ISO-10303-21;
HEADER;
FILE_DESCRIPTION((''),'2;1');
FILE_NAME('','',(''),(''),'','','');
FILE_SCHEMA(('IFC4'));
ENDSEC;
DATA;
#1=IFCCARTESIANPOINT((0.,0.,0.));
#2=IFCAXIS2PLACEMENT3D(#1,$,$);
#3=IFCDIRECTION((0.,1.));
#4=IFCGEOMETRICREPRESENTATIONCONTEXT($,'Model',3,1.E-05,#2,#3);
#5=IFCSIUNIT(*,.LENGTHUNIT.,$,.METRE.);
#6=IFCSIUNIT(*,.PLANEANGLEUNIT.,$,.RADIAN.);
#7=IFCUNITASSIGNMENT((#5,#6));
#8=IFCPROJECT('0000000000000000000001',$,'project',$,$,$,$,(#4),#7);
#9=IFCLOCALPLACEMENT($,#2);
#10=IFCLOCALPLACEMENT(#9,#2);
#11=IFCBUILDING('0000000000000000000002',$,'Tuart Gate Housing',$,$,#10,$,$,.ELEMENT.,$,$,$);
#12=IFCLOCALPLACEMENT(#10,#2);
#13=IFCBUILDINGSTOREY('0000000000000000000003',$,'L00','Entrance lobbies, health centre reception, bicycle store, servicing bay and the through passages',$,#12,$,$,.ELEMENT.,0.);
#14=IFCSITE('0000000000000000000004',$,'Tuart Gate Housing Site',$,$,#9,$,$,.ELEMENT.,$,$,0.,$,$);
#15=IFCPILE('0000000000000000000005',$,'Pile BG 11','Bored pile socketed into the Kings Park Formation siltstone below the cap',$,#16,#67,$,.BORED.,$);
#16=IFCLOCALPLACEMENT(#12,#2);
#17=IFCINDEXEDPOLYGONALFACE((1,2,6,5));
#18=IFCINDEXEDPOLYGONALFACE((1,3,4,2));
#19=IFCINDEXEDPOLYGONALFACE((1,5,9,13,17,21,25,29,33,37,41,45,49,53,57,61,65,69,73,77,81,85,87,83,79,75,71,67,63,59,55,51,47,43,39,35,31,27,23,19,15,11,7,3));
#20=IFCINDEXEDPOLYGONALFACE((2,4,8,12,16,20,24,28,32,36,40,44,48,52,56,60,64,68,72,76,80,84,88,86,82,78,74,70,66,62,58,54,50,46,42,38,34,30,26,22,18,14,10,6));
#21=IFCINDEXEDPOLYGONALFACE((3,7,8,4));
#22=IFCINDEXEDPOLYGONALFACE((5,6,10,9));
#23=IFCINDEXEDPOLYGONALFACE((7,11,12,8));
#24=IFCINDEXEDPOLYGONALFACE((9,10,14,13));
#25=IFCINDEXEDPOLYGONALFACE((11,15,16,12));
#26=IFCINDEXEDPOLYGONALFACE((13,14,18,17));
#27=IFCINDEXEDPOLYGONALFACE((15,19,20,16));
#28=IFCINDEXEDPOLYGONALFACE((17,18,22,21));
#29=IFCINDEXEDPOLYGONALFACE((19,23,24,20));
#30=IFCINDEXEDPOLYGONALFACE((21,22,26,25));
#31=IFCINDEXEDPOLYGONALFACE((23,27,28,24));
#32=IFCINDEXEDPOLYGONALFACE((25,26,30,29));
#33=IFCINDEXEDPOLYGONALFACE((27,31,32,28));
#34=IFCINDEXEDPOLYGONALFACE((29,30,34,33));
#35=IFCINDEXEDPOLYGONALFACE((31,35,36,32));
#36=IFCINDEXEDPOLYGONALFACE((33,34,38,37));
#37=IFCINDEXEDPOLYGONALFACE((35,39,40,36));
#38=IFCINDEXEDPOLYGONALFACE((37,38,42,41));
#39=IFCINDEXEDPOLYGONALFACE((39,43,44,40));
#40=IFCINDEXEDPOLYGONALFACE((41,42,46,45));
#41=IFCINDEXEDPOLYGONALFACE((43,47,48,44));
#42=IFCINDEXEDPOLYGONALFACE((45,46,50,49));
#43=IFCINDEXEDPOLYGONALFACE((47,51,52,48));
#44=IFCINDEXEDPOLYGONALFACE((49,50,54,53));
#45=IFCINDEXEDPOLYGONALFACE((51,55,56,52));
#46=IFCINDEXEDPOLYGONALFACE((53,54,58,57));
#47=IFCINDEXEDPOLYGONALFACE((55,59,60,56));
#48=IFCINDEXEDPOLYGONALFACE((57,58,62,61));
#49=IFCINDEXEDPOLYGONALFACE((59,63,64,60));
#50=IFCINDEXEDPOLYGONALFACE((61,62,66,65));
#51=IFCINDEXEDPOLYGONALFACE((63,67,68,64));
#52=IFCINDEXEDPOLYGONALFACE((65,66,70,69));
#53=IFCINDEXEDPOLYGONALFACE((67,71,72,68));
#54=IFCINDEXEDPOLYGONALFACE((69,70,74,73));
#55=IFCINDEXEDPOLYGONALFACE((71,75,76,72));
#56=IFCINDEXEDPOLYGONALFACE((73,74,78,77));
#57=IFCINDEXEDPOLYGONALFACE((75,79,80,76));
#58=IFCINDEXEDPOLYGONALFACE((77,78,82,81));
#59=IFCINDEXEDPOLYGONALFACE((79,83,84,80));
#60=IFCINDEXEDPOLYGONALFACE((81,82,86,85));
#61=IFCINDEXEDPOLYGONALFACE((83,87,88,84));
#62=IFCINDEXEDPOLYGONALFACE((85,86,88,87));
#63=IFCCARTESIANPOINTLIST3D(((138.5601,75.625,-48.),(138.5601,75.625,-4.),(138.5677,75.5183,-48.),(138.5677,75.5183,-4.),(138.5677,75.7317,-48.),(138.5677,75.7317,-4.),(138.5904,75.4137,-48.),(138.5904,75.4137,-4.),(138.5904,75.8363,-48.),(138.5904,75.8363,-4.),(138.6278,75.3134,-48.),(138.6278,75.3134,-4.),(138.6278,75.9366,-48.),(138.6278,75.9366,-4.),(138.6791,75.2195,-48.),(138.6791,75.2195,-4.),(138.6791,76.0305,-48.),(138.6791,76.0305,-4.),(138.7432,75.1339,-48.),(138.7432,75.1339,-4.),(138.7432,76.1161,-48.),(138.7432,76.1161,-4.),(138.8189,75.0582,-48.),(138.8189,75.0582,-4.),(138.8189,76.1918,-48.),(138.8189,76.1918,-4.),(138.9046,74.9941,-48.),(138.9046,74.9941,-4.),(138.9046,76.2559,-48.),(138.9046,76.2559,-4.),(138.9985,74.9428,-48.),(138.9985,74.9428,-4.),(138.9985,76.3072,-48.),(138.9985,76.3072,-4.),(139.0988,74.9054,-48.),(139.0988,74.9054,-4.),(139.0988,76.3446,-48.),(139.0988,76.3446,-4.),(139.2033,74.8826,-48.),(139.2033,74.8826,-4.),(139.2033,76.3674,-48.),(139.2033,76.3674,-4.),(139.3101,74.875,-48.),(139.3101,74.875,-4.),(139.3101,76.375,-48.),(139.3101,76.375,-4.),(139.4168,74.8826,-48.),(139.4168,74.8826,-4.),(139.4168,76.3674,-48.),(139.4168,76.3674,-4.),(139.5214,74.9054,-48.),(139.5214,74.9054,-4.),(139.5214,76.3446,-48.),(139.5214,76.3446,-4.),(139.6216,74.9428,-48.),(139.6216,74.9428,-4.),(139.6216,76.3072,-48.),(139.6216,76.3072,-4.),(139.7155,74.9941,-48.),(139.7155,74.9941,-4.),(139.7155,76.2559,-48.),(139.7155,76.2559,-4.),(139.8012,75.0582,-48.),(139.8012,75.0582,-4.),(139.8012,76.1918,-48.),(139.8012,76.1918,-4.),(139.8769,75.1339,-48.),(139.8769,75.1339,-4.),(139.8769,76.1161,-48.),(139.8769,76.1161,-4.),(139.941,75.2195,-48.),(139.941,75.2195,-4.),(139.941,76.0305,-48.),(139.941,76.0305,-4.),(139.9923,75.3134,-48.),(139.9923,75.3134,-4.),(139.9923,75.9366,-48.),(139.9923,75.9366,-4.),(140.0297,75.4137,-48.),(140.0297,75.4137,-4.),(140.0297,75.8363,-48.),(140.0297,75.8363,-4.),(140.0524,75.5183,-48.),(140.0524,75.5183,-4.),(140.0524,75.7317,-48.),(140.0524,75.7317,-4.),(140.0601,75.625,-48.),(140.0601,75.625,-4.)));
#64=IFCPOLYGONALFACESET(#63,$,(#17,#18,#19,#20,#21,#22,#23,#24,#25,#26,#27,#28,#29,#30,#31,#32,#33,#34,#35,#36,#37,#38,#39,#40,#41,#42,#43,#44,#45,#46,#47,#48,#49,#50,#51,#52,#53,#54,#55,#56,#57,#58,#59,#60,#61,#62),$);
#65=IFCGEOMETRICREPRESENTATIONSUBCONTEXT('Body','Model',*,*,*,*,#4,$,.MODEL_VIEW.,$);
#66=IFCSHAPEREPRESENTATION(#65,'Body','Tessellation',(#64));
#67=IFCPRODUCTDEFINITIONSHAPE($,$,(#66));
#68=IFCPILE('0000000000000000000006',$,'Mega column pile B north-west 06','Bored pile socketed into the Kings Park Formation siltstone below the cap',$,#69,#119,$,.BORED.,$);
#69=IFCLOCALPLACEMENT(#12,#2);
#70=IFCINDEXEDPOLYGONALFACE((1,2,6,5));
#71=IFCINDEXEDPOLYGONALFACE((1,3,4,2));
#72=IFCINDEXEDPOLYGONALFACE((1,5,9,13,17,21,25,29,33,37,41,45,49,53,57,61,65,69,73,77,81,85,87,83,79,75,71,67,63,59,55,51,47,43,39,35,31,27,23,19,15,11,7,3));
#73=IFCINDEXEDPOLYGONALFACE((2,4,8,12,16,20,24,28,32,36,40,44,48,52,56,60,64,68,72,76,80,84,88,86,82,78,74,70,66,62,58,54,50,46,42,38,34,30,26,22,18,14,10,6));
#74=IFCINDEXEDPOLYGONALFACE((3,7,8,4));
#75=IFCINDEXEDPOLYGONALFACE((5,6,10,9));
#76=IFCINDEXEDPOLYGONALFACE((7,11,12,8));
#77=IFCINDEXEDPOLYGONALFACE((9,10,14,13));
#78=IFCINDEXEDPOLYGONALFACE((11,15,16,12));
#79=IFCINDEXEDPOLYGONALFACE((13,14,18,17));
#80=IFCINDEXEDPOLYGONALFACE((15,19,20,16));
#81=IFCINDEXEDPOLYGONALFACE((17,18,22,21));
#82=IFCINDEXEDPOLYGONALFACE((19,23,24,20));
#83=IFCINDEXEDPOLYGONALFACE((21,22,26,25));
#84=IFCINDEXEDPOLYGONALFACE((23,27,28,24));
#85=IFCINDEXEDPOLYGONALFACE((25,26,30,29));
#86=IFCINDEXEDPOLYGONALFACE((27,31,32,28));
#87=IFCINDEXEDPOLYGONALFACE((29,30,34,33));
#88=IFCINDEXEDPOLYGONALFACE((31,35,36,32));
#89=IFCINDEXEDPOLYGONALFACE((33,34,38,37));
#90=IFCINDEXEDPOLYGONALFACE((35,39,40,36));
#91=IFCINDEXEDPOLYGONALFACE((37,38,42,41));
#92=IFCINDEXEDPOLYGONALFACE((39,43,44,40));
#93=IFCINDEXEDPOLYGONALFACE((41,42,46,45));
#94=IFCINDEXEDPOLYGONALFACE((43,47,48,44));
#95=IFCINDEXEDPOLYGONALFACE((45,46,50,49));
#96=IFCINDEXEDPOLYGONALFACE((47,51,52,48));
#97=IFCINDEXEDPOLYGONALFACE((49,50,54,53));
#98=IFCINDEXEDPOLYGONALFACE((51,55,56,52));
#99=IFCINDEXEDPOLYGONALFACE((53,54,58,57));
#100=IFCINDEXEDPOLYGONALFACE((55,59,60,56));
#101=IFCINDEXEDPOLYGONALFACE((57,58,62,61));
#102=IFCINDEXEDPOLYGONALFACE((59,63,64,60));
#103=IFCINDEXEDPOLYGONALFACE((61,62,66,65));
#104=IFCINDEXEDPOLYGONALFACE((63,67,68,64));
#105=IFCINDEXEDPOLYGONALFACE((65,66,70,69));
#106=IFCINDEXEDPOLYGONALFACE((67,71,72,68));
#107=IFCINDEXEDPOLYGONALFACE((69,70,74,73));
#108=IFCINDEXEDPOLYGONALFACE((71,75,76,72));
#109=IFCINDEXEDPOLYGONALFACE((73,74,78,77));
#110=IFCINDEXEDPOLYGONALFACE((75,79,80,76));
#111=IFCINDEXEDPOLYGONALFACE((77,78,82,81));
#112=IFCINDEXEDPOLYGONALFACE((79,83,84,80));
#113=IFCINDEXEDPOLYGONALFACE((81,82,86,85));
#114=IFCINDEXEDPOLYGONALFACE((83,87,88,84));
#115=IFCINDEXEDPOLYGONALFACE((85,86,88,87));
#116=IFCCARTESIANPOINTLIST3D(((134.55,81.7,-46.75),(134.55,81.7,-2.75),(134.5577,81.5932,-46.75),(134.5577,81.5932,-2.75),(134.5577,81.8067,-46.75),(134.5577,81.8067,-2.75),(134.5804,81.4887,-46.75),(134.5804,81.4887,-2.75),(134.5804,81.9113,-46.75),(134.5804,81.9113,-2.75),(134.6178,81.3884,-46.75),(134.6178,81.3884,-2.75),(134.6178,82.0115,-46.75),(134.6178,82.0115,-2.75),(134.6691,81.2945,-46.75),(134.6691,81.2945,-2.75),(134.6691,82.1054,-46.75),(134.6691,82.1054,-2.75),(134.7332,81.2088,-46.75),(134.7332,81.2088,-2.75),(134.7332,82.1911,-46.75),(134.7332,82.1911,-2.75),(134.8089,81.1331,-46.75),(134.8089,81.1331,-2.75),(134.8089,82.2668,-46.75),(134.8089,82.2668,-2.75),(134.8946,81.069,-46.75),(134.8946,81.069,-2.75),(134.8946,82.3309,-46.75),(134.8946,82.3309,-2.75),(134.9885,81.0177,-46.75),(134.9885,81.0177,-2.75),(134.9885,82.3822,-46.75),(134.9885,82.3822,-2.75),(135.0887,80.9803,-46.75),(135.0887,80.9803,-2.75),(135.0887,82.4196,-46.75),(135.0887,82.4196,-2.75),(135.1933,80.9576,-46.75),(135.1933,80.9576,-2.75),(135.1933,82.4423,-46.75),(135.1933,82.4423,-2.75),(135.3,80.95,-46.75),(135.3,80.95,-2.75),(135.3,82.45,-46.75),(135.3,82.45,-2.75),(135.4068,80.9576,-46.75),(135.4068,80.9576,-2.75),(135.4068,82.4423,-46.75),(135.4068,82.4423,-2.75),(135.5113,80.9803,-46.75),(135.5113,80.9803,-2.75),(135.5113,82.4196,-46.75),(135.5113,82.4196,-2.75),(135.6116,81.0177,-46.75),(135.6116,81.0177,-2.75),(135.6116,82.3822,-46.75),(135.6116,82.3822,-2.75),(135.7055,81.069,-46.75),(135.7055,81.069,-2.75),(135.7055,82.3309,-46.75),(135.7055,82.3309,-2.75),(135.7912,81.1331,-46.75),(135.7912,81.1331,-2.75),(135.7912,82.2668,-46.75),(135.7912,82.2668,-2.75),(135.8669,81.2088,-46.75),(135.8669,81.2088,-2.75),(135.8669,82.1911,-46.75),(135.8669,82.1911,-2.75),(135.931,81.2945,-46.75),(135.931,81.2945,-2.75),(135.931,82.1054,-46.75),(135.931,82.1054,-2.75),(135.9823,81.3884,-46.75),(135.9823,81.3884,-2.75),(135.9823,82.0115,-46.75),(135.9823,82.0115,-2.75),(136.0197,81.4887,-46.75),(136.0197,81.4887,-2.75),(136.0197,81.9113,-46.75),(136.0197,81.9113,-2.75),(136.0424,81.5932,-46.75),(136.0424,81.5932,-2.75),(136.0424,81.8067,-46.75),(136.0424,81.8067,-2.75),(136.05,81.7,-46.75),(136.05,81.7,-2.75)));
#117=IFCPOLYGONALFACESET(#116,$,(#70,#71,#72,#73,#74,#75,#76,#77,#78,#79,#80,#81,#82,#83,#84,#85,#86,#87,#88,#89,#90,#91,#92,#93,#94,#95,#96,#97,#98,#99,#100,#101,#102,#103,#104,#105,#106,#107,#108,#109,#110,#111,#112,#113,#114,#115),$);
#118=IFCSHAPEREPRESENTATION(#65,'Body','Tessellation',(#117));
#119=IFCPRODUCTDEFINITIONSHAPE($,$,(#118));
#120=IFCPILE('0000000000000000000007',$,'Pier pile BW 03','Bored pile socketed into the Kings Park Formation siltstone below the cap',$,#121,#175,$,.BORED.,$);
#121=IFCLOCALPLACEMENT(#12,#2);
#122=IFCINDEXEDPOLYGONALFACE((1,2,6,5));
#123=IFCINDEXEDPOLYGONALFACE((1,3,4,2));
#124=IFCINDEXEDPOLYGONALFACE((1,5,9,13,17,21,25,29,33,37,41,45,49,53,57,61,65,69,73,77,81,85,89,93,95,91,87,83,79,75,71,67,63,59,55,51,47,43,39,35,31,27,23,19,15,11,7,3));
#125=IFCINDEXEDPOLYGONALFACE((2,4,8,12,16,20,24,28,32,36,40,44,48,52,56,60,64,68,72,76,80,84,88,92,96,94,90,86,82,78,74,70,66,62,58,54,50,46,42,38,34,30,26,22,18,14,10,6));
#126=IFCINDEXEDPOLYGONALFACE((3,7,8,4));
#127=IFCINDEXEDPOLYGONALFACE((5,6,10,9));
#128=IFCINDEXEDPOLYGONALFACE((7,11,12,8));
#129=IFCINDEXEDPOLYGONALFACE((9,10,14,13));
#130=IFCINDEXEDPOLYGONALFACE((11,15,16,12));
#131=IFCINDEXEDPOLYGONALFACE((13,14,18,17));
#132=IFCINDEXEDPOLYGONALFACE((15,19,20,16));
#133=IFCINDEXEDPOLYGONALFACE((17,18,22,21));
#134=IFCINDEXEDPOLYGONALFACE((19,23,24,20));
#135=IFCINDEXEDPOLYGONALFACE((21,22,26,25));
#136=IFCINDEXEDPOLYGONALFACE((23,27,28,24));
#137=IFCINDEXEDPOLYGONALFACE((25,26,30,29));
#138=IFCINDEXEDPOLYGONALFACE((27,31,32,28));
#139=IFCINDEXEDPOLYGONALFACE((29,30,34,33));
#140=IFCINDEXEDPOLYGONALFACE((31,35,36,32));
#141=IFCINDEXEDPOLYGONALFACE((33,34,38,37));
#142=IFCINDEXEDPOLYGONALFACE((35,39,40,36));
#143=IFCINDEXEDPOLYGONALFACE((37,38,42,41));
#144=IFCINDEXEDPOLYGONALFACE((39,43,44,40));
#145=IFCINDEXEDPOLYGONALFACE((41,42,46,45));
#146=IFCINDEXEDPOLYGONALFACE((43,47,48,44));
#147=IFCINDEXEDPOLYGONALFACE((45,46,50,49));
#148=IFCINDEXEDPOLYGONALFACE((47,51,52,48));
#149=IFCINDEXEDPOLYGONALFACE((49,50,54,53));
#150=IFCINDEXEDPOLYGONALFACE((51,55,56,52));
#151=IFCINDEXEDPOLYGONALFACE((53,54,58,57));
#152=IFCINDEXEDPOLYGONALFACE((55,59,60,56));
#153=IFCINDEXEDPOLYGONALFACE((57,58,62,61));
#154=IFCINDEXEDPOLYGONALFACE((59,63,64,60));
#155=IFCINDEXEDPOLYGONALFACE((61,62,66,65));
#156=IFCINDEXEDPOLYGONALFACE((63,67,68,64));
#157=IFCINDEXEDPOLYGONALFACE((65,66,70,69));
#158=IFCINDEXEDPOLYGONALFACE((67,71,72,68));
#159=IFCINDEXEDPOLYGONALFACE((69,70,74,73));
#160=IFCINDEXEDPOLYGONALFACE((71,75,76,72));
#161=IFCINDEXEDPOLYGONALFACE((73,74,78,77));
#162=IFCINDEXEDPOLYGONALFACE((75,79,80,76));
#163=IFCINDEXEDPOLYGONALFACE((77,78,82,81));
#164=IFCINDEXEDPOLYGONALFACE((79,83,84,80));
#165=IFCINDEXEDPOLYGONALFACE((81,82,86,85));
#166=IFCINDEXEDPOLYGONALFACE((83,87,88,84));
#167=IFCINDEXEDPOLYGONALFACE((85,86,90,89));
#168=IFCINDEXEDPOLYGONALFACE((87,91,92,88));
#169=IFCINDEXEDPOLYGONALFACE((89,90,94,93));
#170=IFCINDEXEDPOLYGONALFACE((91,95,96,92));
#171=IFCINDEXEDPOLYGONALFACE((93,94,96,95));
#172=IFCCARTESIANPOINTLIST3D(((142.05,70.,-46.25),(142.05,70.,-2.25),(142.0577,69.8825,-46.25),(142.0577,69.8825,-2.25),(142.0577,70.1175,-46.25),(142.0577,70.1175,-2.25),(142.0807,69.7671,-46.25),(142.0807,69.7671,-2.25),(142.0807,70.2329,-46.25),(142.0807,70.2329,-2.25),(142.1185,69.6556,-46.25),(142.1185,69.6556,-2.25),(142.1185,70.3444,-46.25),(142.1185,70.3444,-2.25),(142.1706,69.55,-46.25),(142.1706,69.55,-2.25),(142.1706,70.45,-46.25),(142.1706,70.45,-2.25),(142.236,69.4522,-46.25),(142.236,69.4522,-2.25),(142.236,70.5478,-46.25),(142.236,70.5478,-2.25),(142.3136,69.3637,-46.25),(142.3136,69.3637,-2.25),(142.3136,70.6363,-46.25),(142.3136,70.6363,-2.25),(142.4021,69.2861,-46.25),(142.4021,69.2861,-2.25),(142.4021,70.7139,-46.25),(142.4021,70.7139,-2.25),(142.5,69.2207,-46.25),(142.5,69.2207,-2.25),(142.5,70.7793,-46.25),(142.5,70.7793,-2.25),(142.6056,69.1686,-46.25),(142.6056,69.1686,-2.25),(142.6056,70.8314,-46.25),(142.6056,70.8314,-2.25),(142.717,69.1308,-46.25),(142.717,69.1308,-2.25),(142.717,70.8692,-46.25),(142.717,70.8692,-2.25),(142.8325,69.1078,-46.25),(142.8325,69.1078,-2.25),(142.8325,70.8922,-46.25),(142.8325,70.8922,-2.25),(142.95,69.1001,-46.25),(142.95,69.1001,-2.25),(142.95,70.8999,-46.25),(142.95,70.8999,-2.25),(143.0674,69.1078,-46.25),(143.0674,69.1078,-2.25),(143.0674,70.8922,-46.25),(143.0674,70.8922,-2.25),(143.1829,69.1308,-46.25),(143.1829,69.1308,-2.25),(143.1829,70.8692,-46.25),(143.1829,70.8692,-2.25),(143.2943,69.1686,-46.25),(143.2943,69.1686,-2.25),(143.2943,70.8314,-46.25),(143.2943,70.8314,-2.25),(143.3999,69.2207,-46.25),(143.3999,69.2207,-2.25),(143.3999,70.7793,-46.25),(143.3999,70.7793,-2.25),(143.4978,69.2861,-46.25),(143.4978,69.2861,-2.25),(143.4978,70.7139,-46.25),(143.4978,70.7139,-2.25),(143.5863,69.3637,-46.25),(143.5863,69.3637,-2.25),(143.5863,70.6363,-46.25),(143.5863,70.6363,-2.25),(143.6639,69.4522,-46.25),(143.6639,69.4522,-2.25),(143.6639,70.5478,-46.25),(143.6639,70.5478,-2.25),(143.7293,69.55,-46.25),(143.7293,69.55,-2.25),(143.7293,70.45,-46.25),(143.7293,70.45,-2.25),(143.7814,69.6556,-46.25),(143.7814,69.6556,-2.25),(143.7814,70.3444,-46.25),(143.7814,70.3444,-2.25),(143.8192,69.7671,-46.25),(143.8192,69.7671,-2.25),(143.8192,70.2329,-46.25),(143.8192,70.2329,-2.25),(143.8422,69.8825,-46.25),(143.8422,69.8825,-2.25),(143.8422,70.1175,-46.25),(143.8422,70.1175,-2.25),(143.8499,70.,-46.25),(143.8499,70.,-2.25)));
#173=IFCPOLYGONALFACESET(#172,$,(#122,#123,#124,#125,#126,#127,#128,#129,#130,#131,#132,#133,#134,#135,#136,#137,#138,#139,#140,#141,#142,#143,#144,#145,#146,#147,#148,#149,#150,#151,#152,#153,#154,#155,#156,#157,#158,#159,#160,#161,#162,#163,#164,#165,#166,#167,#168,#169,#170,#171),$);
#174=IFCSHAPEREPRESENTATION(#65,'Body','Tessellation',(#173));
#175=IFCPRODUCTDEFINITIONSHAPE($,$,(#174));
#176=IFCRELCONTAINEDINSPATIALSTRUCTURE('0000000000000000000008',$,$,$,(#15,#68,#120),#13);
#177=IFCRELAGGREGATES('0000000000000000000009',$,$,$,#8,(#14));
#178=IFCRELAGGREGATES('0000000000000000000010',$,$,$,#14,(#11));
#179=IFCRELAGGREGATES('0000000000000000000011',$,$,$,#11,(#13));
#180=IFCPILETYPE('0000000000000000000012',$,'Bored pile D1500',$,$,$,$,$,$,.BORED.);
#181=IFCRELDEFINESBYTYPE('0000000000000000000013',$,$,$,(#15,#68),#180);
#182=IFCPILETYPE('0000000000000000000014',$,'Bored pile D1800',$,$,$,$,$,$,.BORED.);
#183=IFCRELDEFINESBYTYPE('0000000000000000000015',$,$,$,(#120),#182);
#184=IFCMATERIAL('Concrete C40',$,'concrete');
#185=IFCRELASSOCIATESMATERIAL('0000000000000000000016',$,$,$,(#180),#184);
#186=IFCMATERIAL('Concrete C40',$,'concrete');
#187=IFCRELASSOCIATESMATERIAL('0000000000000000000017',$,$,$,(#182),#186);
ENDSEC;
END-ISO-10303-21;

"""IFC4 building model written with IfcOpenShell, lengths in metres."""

from ifc_helpers import new_model, si_unit, direction, frame, origin, origin_2d, place, context, subcontext, project, spatial, circle, extrude, material, material_profile, profile_set, type_object, element, save


model = new_model("IFC4")

# Units and contexts
model_context = context("Model", 3, precision=1e-05, world=origin(), true_north=direction((0.0, 1.0)))
body_context = subcontext(model_context, "Body", "Model", "MODEL_VIEW")
ifc_project = project(units=[si_unit("LENGTHUNIT", "METRE"), si_unit("PLANEANGLEUNIT", "RADIAN")], contexts=[model_context])

# Site, building, storey
site_placement = place(None, origin())
site = spatial("IfcSite", under=ifc_project, at=site_placement, Name="Tuart Gate Housing Site", CompositionType="ELEMENT", RefElevation=0.0)
building_placement = place(site_placement, origin())
building = spatial("IfcBuilding", under=site, at=building_placement, Name="Tuart Gate Housing", CompositionType="ELEMENT")
storey_placement = place(building_placement, origin())
storey = spatial("IfcBuildingStorey", under=building, at=storey_placement, Name="L00", Description="Entrance lobbies, health centre reception, bicycle store, servicing bay and the through passages", CompositionType="ELEMENT", Elevation=0.0)

# Piles
ifc_material_1 = material(Name="Concrete C40", Category="concrete")
ifc_material_profile_1 = material_profile(ifc_material_1, circle(Radius=0.75, at=origin_2d()), Name="Bored pile D1500")
ifc_profile_set_1 = profile_set([ifc_material_profile_1], Name="Concrete C40")
pile_type_1 = type_object("IfcPileType", Name="Bored pile D1500", PredefinedType="BORED", material=ifc_profile_set_1)
for number, where, z_axis, x_axis, name in (
    (1, (139.3101, 75.625, -4.0), (0.0, 0.0, -1.0), (1.0, 0.0, 0.0), "Pile BG 11"),
    (2, (135.3, 81.7, -2.75), (0.0, 0.0, -1.0), (1.0, 0.0, 0.0), "Mega column pile B north-west 06"),
):
    element("IfcPile", number, at=place(storey_placement, frame(where, z_axis=z_axis, x_axis=x_axis)), inside=storey, type_object=pile_type_1, Name=name, Description="Bored pile socketed into the Kings Park Formation siltstone below the cap", PredefinedType="BORED", context=body_context, shape_type="SweptSolid", body=[
        extrude(circle(Radius=0.75, at=origin_2d()), origin(), (0.0, 0.0, 1.0), 44.0),
    ])
ifc_material_2 = material(Name="Concrete C40", Category="concrete")
ifc_material_profile_2 = material_profile(ifc_material_2, circle(Radius=0.8999, at=origin_2d()), Name="Bored pile D1800")
ifc_profile_set_2 = profile_set([ifc_material_profile_2], Name="Concrete C40")
pile_type_2 = type_object("IfcPileType", Name="Bored pile D1800", PredefinedType="BORED", material=ifc_profile_set_2)
for number, where, z_axis, x_axis, name in (
    (3, (142.95, 70.0, -2.25), (0.0, 0.0, -1.0), (1.0, 0.0, 0.0), "Pier pile BW 03"),
):
    element("IfcPile", number, at=place(storey_placement, frame(where, z_axis=z_axis, x_axis=x_axis)), inside=storey, type_object=pile_type_2, Name=name, Description="Bored pile socketed into the Kings Park Formation siltstone below the cap", PredefinedType="BORED", context=body_context, shape_type="SweptSolid", body=[
        extrude(circle(Radius=0.8999, at=origin_2d()), origin(), (0.0, 0.0, 1.0), 44.0),
    ])

save(model, "model.ifc")
